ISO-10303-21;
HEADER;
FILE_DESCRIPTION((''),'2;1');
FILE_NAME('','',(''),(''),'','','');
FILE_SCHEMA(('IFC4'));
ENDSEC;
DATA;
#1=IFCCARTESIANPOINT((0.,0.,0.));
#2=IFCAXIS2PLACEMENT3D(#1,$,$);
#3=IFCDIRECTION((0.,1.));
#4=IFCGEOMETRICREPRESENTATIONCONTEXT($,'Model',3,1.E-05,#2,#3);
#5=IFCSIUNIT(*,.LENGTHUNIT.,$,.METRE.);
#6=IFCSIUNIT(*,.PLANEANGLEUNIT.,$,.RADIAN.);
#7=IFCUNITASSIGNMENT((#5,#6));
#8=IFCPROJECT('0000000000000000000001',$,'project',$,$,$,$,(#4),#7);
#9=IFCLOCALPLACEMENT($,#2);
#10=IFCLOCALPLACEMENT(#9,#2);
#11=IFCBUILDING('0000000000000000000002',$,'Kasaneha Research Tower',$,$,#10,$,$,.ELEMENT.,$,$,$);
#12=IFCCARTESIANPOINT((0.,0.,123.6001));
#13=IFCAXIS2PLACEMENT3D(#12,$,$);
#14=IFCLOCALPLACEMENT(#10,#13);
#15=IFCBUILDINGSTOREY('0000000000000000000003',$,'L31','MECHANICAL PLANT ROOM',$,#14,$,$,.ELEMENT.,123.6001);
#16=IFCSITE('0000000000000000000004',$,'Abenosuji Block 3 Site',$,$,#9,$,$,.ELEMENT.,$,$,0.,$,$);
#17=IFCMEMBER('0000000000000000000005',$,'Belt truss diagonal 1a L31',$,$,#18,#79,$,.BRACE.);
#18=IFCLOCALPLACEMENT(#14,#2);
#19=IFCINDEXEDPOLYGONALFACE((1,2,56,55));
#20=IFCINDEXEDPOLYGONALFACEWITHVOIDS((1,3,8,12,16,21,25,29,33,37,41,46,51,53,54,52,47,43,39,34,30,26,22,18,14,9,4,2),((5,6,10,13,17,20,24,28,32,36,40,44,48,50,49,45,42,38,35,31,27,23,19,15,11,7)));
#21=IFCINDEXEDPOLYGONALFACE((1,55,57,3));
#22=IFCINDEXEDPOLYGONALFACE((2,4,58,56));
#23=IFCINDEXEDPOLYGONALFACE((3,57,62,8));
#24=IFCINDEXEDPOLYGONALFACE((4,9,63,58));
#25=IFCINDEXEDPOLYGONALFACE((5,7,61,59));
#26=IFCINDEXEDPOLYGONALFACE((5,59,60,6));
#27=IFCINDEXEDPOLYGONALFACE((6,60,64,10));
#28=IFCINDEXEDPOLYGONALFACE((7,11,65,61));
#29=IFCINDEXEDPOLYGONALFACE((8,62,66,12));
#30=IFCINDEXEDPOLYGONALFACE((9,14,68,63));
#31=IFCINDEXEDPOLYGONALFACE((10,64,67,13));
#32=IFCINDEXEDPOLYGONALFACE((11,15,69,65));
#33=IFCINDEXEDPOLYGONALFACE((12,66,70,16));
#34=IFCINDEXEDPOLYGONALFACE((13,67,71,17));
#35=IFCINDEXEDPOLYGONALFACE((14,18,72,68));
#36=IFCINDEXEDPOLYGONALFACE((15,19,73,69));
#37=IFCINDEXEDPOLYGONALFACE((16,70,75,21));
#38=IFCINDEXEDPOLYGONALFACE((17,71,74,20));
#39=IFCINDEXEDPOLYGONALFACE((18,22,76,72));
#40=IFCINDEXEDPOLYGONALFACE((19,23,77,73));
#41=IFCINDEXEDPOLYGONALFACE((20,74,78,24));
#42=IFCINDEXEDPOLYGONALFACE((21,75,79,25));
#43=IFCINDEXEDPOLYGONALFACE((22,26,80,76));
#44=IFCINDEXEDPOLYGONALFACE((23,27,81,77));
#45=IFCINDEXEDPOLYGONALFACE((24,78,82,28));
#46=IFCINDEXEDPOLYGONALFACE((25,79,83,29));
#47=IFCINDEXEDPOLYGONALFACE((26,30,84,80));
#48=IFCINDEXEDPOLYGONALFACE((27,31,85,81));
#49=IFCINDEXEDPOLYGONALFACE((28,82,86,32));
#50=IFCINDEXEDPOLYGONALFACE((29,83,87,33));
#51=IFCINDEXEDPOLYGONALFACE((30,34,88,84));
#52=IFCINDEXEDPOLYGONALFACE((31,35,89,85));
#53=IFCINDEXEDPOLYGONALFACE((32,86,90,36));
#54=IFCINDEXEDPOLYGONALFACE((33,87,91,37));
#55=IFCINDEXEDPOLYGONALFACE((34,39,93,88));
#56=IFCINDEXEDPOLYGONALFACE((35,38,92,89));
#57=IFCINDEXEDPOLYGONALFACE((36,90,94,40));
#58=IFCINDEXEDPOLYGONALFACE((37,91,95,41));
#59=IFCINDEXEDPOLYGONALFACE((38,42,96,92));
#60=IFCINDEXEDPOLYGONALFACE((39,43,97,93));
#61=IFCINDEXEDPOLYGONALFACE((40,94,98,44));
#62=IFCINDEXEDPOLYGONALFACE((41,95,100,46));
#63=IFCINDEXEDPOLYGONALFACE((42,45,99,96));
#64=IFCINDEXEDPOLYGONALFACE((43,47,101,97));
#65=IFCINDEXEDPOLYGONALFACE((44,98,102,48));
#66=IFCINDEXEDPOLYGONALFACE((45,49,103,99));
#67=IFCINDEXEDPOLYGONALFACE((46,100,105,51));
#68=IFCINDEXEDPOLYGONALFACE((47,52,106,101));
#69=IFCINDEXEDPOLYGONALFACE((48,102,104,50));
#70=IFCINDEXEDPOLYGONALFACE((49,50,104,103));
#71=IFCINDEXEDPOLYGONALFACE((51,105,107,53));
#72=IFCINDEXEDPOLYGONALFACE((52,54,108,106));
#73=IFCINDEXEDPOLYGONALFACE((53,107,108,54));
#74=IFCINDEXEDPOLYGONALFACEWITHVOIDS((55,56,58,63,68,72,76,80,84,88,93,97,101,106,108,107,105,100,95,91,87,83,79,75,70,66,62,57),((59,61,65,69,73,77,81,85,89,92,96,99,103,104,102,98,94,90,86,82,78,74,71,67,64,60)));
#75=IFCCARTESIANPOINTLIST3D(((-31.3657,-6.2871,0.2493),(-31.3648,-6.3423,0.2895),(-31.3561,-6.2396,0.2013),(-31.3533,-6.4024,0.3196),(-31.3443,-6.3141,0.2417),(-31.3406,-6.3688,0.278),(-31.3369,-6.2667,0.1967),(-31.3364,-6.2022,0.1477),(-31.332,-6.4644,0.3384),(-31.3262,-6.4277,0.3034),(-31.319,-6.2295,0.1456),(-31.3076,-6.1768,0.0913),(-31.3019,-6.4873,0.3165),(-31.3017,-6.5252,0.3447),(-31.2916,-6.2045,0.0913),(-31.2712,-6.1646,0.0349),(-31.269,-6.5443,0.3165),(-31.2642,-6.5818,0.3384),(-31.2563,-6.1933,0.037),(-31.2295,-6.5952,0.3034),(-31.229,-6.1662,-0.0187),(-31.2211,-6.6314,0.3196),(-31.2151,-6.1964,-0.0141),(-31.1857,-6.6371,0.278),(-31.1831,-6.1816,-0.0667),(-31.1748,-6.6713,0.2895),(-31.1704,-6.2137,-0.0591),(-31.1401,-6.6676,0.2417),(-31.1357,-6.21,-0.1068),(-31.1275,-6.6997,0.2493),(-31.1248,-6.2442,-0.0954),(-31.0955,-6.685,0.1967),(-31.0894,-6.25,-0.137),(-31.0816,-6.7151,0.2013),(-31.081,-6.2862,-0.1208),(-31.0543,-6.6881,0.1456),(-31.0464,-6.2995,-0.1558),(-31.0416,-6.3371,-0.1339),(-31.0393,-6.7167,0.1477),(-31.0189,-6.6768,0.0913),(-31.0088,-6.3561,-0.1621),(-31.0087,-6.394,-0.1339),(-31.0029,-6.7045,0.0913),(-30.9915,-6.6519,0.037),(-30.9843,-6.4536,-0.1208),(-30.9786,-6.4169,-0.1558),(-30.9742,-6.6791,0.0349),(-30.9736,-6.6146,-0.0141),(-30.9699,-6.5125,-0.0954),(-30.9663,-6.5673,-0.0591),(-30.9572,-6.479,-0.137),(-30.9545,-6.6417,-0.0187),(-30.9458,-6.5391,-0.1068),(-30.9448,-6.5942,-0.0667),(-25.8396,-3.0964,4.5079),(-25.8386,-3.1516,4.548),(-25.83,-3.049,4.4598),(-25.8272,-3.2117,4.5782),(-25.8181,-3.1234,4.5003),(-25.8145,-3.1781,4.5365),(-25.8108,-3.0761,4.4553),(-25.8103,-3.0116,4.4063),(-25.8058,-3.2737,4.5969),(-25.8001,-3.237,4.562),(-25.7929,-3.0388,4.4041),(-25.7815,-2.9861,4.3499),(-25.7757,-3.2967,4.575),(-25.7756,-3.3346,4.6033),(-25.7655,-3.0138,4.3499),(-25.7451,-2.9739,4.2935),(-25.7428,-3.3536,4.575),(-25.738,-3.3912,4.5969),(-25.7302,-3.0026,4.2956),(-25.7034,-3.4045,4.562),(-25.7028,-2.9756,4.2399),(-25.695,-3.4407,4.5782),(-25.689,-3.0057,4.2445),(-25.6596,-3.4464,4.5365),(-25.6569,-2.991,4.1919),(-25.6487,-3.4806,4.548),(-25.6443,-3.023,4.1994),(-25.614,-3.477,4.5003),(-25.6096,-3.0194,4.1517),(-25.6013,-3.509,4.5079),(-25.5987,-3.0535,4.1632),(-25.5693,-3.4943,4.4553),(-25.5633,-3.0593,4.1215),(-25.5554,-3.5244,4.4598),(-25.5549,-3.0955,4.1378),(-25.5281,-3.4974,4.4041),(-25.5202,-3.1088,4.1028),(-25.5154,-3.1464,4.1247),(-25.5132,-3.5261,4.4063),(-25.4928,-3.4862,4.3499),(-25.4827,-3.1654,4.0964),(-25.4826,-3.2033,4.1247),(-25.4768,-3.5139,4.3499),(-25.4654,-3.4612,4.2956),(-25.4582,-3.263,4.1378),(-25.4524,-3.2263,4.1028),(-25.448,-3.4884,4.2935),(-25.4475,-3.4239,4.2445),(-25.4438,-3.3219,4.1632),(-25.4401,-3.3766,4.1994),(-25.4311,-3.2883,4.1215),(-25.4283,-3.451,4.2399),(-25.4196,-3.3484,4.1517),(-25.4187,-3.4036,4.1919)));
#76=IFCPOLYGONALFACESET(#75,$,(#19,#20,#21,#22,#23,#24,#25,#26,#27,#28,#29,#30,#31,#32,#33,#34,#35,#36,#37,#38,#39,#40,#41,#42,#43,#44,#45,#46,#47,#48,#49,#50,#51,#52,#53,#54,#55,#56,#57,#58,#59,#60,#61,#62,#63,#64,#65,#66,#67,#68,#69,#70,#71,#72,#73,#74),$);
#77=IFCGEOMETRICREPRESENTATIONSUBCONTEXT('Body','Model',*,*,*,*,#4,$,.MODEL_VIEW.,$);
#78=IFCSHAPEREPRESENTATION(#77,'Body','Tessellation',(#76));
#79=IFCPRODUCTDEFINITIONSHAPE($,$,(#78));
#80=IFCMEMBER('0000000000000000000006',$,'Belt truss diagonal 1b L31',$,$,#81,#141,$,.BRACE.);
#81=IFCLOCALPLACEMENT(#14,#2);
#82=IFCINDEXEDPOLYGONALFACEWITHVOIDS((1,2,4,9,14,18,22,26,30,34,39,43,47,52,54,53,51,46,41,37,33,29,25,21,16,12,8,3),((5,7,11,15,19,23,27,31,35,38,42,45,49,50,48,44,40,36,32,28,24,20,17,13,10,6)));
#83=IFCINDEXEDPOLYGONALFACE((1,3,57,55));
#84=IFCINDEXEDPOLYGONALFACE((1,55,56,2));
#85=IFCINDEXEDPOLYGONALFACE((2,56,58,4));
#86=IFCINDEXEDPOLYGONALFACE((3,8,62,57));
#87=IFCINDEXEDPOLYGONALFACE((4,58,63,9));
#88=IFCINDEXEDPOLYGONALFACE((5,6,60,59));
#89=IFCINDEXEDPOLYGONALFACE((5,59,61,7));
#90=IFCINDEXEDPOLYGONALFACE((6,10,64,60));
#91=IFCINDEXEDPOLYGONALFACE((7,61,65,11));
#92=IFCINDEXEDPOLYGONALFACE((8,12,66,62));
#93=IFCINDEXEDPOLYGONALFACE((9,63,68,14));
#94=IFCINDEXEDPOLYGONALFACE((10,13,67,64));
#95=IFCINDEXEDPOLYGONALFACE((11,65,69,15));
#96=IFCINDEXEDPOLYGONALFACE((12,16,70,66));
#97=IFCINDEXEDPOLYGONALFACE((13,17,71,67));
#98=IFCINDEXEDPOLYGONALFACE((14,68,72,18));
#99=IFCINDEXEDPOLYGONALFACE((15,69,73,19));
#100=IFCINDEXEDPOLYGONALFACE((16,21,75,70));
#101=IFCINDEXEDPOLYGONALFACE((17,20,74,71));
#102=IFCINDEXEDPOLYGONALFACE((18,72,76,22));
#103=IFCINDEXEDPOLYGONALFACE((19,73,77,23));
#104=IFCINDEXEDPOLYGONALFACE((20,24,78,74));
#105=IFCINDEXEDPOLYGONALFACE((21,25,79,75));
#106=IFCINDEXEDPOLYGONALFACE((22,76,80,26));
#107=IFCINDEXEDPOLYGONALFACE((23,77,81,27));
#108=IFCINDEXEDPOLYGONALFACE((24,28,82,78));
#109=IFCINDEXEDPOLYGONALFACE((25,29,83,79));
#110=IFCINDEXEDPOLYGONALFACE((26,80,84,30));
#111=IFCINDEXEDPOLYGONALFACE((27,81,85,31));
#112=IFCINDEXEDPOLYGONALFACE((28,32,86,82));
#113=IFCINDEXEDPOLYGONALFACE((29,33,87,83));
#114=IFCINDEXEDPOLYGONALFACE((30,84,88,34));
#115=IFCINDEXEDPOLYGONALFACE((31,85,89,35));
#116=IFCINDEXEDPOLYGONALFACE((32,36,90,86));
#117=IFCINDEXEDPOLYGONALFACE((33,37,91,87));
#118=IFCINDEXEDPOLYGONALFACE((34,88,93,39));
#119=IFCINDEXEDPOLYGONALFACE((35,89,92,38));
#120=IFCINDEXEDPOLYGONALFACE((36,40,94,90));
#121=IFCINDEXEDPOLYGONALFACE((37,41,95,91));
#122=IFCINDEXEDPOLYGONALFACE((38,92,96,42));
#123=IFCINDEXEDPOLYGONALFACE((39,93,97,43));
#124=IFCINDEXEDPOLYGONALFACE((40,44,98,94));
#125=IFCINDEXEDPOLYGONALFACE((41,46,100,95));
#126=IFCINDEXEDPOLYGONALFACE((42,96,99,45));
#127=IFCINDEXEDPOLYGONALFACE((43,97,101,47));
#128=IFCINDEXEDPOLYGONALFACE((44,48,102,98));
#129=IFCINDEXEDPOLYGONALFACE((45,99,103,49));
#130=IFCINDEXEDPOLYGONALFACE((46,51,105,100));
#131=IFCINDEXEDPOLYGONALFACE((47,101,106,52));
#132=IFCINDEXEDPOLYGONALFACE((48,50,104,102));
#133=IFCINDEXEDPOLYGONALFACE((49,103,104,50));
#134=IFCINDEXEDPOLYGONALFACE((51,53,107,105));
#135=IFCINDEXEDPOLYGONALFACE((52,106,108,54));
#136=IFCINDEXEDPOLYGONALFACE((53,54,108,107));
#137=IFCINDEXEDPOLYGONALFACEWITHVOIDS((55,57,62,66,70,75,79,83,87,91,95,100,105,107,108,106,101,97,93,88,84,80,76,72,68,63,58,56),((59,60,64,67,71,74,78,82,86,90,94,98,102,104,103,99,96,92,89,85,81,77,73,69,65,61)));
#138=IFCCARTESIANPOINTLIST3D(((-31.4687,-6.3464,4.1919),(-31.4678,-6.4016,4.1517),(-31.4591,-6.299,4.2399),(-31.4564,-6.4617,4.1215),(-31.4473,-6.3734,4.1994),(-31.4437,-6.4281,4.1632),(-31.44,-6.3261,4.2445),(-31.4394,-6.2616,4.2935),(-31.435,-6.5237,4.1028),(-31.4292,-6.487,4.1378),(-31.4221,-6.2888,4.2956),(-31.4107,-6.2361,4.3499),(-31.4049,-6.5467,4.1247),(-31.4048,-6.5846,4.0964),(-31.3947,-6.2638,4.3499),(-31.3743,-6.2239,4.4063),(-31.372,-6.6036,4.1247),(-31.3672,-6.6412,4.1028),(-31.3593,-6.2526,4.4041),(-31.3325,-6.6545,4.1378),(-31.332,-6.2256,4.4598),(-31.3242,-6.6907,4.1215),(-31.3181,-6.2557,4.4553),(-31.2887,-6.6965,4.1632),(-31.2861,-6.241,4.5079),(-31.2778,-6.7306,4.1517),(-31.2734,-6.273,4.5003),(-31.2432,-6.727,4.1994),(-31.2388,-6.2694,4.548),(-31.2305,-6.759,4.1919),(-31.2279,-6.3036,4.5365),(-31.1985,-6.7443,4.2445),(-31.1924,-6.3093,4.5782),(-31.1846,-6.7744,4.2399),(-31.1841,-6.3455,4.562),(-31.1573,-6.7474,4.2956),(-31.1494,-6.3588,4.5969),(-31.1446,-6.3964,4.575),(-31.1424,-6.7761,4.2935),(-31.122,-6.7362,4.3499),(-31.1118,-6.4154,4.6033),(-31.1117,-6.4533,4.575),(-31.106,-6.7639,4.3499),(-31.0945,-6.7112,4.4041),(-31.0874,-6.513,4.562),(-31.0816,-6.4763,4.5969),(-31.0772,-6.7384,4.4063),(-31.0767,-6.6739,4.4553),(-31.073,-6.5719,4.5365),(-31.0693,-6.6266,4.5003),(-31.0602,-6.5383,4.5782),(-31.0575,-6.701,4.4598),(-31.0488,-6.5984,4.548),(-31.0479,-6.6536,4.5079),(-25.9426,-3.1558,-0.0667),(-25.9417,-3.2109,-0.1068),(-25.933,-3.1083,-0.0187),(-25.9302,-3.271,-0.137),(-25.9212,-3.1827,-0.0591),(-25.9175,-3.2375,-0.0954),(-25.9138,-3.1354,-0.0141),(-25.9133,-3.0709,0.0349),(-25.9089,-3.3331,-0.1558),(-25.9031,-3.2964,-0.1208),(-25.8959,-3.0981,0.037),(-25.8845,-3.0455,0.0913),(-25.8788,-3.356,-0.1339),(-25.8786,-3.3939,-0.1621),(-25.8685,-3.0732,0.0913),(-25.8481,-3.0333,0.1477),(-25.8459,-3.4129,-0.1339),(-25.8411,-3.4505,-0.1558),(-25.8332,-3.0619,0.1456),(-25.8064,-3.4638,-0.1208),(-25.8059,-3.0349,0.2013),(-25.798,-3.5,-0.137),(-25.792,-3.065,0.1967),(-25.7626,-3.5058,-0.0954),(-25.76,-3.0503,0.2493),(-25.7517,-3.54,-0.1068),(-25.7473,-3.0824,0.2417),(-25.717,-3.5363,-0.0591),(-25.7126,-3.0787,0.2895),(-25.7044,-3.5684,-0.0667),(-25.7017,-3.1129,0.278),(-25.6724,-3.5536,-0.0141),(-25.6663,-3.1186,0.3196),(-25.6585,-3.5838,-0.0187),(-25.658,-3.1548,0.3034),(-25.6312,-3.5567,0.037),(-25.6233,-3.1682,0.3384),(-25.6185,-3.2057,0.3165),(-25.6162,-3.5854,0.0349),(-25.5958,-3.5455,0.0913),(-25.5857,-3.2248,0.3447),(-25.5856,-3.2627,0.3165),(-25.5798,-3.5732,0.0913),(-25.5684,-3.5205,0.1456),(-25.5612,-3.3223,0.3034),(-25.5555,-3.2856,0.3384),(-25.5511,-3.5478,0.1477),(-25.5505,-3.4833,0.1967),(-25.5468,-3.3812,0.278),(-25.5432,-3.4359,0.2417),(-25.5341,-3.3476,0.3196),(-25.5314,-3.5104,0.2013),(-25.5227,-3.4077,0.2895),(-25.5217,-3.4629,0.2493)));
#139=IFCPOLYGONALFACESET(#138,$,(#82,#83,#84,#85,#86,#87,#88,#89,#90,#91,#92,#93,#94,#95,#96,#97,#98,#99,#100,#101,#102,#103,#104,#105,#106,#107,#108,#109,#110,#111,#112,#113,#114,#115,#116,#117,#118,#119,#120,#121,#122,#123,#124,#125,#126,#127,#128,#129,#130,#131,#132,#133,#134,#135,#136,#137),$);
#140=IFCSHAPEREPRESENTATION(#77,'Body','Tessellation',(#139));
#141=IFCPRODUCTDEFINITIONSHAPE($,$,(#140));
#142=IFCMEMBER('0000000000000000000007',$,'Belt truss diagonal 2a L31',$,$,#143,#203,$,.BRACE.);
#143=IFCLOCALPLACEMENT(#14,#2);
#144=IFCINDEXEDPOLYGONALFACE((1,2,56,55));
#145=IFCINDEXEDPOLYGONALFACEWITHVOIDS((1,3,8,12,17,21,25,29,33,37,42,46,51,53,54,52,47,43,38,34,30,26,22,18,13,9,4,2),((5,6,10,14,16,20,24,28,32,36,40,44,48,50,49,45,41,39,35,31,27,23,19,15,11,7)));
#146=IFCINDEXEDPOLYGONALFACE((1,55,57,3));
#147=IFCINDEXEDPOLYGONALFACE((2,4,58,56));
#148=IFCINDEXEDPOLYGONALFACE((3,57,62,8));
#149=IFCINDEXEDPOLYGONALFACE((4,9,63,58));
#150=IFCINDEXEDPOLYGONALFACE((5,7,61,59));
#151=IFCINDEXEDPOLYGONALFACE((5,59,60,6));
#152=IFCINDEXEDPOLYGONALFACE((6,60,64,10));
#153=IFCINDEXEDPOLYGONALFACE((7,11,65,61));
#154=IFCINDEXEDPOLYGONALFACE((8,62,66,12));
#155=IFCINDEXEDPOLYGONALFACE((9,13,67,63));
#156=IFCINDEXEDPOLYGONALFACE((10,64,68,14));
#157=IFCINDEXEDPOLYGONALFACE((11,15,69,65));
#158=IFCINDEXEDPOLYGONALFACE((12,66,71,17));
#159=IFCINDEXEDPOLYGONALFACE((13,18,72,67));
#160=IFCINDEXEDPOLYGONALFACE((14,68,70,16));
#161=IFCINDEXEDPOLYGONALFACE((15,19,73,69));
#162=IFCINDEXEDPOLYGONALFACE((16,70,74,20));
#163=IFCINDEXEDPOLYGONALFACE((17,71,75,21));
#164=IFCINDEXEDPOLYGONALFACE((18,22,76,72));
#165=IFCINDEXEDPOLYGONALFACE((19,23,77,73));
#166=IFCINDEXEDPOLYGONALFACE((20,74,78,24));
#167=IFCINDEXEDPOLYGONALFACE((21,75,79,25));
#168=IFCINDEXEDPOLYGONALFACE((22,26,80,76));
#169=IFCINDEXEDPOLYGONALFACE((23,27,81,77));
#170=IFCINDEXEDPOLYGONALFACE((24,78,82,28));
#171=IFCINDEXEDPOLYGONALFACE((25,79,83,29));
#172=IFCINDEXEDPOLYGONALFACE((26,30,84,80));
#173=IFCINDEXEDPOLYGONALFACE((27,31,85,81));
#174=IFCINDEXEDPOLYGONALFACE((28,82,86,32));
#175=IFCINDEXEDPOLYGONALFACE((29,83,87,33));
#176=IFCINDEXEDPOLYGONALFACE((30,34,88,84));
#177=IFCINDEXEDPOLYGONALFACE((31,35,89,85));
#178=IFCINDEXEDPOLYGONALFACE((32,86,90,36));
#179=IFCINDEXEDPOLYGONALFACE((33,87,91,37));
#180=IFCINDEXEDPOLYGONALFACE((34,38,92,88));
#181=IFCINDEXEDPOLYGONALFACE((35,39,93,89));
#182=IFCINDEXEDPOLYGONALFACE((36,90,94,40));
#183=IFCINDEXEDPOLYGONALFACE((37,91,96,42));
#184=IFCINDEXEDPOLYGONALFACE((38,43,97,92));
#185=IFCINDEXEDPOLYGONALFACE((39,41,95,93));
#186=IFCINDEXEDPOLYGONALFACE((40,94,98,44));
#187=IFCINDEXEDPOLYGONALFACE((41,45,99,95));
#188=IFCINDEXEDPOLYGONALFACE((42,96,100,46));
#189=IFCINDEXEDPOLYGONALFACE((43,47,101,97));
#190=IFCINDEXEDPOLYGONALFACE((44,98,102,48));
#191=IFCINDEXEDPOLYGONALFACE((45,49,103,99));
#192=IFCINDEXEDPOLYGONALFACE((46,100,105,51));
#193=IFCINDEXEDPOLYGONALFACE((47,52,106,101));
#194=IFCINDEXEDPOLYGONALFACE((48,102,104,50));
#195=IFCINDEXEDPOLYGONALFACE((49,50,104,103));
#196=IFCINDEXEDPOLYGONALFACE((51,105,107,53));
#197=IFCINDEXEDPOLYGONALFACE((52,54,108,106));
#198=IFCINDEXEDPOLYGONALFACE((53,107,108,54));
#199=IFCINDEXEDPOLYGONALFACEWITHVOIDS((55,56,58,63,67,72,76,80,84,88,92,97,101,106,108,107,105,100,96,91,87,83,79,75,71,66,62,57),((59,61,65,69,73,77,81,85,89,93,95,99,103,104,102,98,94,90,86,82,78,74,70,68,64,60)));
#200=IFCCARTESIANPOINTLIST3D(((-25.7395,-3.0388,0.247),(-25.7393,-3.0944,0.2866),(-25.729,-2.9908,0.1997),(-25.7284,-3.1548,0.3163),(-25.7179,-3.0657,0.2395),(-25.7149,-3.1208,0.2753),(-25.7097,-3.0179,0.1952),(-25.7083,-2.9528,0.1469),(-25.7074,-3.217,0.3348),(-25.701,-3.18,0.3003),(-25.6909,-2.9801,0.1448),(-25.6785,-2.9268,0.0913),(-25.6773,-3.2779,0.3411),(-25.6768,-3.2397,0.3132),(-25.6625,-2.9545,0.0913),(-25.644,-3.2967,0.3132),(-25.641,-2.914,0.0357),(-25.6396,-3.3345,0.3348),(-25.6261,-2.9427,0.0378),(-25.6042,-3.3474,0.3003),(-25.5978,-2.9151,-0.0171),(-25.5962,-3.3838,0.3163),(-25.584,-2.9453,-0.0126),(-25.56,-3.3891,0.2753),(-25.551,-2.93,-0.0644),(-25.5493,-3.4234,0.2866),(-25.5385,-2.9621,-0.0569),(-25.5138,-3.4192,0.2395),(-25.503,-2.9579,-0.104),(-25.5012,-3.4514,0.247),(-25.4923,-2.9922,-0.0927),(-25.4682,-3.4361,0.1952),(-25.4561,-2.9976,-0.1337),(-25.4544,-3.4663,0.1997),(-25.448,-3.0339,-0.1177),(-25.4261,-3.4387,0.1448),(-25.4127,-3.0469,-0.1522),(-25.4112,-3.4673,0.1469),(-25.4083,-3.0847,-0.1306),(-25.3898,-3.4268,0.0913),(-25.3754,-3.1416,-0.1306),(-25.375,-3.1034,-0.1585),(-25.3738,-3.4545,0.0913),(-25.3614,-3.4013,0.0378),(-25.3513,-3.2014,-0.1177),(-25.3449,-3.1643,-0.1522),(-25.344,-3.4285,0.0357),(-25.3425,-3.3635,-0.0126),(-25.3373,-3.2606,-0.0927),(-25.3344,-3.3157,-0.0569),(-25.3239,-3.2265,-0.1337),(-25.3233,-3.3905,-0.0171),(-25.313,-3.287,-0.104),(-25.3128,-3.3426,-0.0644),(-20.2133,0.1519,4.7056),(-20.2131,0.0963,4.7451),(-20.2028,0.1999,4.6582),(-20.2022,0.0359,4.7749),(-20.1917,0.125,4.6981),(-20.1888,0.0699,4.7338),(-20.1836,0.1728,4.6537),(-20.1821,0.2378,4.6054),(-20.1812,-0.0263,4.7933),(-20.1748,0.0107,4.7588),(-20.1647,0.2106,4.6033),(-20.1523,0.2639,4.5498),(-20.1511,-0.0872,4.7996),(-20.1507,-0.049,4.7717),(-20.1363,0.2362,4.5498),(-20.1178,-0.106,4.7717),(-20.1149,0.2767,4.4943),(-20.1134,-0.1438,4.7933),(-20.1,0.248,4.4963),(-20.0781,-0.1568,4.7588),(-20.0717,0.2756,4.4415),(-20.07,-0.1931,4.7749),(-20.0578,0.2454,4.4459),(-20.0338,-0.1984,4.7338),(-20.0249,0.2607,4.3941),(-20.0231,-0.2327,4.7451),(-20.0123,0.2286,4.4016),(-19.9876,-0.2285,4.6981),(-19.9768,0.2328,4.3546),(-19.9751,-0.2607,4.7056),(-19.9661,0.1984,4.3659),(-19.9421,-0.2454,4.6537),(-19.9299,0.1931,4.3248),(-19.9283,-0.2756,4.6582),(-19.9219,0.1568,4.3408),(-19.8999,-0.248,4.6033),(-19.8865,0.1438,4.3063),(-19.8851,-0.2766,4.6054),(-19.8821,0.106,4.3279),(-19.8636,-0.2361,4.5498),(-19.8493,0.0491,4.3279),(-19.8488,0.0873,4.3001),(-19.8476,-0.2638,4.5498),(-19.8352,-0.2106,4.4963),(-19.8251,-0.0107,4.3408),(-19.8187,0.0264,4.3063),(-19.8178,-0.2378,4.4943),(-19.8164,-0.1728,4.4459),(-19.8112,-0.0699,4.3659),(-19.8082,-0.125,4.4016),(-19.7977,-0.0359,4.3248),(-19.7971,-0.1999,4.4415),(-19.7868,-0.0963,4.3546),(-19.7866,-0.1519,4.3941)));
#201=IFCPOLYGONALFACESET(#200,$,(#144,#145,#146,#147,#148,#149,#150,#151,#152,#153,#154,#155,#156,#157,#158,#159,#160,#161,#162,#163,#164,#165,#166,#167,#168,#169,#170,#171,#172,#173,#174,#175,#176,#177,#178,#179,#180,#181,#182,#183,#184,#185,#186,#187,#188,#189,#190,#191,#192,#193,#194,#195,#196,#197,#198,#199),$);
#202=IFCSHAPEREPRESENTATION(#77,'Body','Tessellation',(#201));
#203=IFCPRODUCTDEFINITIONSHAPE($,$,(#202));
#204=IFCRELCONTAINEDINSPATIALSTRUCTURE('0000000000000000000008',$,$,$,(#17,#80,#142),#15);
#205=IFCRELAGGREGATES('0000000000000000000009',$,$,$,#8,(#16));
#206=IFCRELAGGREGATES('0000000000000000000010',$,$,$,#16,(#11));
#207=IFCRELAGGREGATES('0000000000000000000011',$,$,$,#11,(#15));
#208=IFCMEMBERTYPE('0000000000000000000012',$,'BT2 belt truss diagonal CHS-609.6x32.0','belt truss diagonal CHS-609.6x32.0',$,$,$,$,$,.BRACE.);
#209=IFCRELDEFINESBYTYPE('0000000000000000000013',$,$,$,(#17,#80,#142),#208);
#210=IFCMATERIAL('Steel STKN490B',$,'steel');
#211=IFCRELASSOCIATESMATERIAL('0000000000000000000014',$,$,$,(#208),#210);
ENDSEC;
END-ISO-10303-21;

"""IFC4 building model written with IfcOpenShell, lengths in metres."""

from ifc_helpers import new_model, si_unit, direction, frame, origin, origin_2d, place, context, subcontext, project, spatial, hollow_circle, extrude, material, material_profile, profile_set, type_object, element, save


model = new_model("IFC4")

# Units and contexts
model_context = context("Model", 3, precision=1e-05, world=origin(), true_north=direction((0.0, 1.0)))
body_context = subcontext(model_context, "Body", "Model", "MODEL_VIEW")
ifc_project = project(units=[si_unit("LENGTHUNIT", "METRE"), si_unit("PLANEANGLEUNIT", "RADIAN")], contexts=[model_context])

# Site, building, storey
site_placement = place(None, origin())
site = spatial("IfcSite", under=ifc_project, at=site_placement, Name="Abenosuji Block 3 Site", CompositionType="ELEMENT", RefElevation=0.0)
building_placement = place(site_placement, origin())
building = spatial("IfcBuilding", under=site, at=building_placement, Name="Kasaneha Research Tower", CompositionType="ELEMENT")
storey_placement = place(building_placement, frame((0.0, 0.0, 123.6001)))
storey = spatial("IfcBuildingStorey", under=building, at=storey_placement, Name="L31", Description="MECHANICAL PLANT ROOM", CompositionType="ELEMENT", Elevation=123.6001)

# Members
ifc_material_1 = material(Name="Steel STKN490B", Category="steel")
ifc_material_profile_1 = material_profile(ifc_material_1, hollow_circle(Radius=0.3047, WallThickness=0.032, at=origin_2d()), Name="CHS-609.6x32.0")
ifc_profile_set_1 = profile_set([ifc_material_profile_1], Name="Steel STKN490B")
member_type = type_object("IfcMemberType", Name="BT2 belt truss diagonal CHS-609.6x32.0", Description="belt truss diagonal CHS-609.6x32.0", PredefinedType="BRACE", material=ifc_profile_set_1)
for number, where, z_axis, x_axis, name in (
    (1, (-31.1553, -6.4407, 0.0913), (0.720334, 0.415907, 0.555104), (-0.500019, 0.866014, 0.0), "Belt truss diagonal 1a L31"),
    (2, (-25.7322, -3.3093, 0.0913), (-0.720334, -0.415907, 0.555104), (0.500019, -0.866014, 0.0), "Belt truss diagonal 1b L31"),
):
    element("IfcMember", number, at=place(storey_placement, frame(where, z_axis=z_axis, x_axis=x_axis)), inside=storey, type_object=member_type, Name=name, PredefinedType="BRACE", context=body_context, shape_type="SweptSolid", body=[
        extrude(hollow_circle(Radius=0.3047, WallThickness=0.032, at=origin_2d()), origin(), (0.0, 0.0, 1.0), 7.6716),
    ])
for number, where, z_axis, x_axis, name in (
    (3, (-25.5261, -3.1907, 0.0913), (0.709899, 0.409881, 0.572749), (-0.500019, 0.866014, 0.0), "Belt truss diagonal 2a L31"),
):
    element("IfcMember", number, at=place(storey_placement, frame(where, z_axis=z_axis, x_axis=x_axis)), inside=storey, type_object=member_type, Name=name, PredefinedType="BRACE", context=body_context, shape_type="SweptSolid", body=[
        extrude(hollow_circle(Radius=0.3047, WallThickness=0.032, at=origin_2d()), origin(), (0.0, 0.0, 1.0), 7.7844),
    ])

save(model, "model.ifc")
